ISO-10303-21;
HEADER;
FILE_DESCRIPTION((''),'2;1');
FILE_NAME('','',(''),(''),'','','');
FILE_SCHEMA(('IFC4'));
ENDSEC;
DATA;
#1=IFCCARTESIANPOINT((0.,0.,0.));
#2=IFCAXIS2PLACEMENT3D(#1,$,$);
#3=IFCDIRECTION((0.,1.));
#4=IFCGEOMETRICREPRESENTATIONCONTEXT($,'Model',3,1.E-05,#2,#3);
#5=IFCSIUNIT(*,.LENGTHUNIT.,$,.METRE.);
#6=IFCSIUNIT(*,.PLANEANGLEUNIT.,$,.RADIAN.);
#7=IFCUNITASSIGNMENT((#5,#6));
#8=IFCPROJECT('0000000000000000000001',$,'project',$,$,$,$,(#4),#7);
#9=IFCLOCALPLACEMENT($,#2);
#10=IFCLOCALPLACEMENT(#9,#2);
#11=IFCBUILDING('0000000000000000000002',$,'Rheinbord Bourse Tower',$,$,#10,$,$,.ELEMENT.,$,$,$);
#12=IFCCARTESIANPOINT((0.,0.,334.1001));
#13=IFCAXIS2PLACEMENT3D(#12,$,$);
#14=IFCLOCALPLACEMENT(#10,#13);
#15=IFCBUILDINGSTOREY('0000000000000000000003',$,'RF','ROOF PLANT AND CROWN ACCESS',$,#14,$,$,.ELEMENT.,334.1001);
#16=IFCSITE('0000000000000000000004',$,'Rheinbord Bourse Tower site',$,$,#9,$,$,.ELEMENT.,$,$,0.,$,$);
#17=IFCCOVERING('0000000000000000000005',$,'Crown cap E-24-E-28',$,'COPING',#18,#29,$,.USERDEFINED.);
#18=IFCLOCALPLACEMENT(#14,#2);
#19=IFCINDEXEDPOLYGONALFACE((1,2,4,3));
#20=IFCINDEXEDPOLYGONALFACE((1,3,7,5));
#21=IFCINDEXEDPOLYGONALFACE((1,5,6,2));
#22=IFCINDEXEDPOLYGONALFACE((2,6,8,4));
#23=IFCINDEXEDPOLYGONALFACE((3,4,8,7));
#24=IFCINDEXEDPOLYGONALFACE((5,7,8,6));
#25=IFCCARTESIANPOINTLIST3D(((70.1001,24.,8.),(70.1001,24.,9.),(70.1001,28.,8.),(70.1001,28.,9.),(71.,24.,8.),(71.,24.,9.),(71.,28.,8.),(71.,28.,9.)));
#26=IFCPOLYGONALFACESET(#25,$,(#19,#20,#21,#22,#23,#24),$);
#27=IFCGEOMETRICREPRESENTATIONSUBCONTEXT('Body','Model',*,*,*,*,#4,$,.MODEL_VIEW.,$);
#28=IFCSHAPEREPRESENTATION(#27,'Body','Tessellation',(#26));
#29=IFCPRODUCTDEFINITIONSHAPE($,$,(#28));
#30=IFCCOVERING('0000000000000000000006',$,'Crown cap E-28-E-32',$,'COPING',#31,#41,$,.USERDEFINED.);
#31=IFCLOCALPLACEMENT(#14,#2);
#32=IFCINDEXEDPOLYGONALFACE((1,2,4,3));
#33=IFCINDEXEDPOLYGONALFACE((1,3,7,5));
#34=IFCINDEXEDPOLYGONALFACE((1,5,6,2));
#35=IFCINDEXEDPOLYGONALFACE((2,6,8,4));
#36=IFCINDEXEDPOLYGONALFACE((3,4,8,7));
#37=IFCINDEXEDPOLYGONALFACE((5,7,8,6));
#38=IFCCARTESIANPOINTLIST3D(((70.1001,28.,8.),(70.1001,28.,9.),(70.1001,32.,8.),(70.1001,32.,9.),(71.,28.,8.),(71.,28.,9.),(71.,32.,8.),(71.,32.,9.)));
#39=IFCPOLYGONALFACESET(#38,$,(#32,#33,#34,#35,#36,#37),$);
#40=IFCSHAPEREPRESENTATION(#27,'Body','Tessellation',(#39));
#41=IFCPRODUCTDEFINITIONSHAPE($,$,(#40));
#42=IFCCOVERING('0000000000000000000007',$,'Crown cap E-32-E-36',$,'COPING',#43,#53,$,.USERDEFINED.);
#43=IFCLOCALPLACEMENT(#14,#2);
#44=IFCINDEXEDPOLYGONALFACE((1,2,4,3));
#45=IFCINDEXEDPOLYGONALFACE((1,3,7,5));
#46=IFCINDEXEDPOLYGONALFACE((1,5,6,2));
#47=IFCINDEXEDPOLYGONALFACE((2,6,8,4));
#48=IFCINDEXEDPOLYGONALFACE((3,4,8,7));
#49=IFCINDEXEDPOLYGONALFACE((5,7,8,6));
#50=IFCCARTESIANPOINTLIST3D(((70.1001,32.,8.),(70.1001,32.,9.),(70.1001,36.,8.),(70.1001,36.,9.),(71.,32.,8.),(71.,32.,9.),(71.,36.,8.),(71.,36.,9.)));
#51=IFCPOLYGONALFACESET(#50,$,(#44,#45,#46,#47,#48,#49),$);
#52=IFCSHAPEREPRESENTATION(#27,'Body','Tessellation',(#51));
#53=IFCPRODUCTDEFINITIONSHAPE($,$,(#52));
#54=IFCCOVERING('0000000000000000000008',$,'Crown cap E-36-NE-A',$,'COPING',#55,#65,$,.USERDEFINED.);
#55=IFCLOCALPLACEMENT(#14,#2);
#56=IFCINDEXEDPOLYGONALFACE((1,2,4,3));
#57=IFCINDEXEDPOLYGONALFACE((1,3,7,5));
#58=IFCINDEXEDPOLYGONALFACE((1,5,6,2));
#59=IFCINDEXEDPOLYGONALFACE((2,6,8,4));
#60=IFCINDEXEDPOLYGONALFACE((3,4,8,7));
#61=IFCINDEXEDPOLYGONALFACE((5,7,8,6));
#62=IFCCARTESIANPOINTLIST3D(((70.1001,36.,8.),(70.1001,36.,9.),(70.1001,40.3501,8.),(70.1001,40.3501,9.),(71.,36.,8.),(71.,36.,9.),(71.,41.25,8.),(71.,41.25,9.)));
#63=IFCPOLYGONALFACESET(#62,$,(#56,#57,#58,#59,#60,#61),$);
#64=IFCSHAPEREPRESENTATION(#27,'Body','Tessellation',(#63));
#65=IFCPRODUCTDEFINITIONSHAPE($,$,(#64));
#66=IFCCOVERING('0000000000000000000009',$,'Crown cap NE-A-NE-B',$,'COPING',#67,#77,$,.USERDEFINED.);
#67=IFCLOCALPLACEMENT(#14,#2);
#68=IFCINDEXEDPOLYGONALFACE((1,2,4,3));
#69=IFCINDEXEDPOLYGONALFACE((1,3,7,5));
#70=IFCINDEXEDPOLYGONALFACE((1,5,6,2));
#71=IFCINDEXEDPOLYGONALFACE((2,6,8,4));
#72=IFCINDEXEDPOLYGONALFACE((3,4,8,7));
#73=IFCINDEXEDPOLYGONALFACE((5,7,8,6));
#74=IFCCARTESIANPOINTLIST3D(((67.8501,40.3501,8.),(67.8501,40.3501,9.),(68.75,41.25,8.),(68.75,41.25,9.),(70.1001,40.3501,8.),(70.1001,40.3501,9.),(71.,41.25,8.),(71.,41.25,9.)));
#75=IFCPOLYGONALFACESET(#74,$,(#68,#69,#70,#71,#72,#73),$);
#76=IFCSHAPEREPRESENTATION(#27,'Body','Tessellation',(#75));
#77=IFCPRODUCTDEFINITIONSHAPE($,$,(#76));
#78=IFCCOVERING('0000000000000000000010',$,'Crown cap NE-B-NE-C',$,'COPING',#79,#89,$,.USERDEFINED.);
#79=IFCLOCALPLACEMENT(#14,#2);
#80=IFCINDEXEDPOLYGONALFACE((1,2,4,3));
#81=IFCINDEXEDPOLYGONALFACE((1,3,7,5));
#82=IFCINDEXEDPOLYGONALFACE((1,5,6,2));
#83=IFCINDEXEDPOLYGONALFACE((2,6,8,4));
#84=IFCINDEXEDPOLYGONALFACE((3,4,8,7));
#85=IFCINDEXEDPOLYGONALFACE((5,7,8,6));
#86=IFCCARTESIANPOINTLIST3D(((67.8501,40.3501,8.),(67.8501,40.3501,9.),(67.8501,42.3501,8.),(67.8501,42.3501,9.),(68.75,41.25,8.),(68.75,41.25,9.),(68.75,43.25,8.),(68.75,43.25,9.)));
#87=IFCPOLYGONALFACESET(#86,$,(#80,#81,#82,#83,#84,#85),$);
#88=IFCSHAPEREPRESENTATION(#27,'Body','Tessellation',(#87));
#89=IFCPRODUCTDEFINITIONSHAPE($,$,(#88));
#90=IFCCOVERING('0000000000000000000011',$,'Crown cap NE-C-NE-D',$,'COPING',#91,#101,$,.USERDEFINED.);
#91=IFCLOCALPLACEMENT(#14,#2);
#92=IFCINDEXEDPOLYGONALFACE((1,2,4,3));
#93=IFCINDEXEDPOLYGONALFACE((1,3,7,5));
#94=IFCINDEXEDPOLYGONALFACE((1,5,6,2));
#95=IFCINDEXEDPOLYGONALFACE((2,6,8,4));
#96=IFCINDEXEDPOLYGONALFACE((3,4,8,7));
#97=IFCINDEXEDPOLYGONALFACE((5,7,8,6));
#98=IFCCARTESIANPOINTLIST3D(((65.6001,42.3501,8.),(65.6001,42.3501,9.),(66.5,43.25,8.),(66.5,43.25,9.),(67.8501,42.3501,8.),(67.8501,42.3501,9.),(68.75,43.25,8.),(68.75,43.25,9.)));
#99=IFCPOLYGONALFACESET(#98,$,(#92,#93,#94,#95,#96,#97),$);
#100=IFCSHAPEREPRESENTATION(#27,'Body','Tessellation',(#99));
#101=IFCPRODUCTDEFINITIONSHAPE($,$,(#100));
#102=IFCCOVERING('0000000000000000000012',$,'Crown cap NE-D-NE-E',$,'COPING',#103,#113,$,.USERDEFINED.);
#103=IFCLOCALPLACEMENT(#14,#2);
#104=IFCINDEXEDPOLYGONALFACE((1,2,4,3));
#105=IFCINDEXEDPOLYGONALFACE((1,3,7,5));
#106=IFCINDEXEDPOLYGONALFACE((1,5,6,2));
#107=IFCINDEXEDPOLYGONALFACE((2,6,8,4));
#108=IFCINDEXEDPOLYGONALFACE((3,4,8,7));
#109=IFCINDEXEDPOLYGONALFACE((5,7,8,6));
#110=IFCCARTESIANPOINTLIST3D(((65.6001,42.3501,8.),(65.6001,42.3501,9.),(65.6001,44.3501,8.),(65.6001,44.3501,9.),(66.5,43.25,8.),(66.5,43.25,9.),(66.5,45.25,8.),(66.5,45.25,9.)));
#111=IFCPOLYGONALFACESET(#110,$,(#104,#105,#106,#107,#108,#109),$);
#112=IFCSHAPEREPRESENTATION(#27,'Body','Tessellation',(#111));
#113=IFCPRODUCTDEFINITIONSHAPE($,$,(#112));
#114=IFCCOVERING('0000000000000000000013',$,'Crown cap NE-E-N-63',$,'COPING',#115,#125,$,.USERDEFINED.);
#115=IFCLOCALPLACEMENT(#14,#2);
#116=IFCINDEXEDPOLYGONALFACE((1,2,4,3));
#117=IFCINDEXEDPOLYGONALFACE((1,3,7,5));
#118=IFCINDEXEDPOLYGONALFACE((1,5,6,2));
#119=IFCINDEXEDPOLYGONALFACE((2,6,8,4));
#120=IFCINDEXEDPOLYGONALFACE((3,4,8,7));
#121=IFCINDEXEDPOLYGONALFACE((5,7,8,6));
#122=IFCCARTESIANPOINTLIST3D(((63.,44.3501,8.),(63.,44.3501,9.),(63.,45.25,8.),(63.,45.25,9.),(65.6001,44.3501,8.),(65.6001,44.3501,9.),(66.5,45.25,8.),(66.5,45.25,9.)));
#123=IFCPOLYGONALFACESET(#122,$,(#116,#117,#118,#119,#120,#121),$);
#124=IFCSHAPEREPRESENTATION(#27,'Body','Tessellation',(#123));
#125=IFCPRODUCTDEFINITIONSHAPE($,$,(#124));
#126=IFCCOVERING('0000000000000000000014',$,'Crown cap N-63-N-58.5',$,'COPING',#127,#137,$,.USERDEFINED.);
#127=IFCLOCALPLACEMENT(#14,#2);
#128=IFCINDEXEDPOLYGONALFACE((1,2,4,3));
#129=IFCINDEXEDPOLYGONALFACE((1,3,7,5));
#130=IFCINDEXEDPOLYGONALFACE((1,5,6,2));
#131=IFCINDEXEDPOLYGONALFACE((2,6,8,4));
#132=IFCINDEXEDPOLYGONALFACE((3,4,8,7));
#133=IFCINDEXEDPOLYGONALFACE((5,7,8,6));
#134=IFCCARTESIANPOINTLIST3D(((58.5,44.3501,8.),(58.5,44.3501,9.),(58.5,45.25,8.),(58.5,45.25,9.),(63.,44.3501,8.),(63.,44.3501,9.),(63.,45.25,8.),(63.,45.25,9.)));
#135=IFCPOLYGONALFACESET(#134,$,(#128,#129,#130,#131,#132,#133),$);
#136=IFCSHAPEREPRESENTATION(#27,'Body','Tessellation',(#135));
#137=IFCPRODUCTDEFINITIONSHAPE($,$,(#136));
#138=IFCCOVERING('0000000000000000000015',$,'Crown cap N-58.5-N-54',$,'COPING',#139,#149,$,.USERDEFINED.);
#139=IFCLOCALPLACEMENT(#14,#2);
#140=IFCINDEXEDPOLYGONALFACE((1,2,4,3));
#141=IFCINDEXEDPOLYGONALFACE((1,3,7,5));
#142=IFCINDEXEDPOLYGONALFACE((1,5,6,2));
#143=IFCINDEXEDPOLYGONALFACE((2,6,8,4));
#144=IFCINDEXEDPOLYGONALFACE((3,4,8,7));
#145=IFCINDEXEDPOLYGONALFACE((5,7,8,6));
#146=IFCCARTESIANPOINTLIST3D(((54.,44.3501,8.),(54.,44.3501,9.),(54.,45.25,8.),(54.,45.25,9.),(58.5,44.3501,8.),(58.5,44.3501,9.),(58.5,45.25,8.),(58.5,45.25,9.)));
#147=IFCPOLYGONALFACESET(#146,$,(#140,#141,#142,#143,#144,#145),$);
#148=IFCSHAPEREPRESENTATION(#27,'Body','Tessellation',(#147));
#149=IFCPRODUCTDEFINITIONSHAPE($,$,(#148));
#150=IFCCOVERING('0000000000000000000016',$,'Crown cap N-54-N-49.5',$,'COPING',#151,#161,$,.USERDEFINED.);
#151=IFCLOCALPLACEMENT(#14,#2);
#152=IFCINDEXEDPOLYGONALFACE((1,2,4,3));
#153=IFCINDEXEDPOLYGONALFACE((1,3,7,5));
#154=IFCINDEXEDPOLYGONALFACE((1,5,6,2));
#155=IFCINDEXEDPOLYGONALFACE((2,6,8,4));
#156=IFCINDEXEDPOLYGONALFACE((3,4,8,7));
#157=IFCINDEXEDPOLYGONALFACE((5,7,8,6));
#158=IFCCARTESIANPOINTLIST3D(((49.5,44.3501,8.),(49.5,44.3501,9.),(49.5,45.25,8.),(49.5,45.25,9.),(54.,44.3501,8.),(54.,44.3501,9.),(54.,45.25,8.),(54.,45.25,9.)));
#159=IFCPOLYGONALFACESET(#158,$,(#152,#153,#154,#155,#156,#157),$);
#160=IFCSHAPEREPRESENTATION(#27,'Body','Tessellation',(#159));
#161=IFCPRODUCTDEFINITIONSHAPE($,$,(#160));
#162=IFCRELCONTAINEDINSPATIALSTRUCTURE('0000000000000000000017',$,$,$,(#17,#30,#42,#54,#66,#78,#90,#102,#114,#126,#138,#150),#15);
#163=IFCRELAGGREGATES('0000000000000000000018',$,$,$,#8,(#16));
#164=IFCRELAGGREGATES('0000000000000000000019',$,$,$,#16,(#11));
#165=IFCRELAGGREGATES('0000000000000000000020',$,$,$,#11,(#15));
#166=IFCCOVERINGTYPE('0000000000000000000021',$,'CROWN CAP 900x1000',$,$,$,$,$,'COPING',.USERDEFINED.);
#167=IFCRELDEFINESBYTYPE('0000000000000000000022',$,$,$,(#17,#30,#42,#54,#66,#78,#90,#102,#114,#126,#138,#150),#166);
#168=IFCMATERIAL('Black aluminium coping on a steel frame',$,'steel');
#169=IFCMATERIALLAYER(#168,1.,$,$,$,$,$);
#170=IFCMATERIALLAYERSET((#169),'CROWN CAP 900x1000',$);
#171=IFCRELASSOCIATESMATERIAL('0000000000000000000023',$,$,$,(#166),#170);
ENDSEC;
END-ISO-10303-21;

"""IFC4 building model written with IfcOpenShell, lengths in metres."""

from ifc_helpers import new_model, si_unit, direction, frame, origin, place, context, subcontext, project, spatial, polyline, outline, extrude, material, layer, layer_set, type_object, element, save


model = new_model("IFC4")

# Units and contexts
model_context = context("Model", 3, precision=1e-05, world=origin(), true_north=direction((0.0, 1.0)))
body_context = subcontext(model_context, "Body", "Model", "MODEL_VIEW")
ifc_project = project(units=[si_unit("LENGTHUNIT", "METRE"), si_unit("PLANEANGLEUNIT", "RADIAN")], contexts=[model_context])

# Site, building, storey
site_placement = place(None, origin())
site = spatial("IfcSite", under=ifc_project, at=site_placement, Name="Rheinbord Bourse Tower site", CompositionType="ELEMENT", RefElevation=0.0)
building_placement = place(site_placement, origin())
building = spatial("IfcBuilding", under=site, at=building_placement, Name="Rheinbord Bourse Tower", CompositionType="ELEMENT")
storey_placement = place(building_placement, frame((0.0, 0.0, 334.1001)))
storey = spatial("IfcBuildingStorey", under=building, at=storey_placement, Name="RF", Description="ROOF PLANT AND CROWN ACCESS", CompositionType="ELEMENT", Elevation=334.1001)

# Coverings
ifc_material = material(Name="Black aluminium coping on a steel frame", Category="steel")
ifc_layer = layer(ifc_material, 1.0)
ifc_layer_set = layer_set([ifc_layer], Name="CROWN CAP 900x1000")
covering_type = type_object("IfcCoveringType", Name="CROWN CAP 900x1000", ElementType="COPING", PredefinedType="USERDEFINED", material=ifc_layer_set)
covering_1_placement = place(storey_placement, frame((0.0, 0.0, 8.0)))
element("IfcCovering", 1, at=covering_1_placement, inside=storey, type_object=covering_type, Name="Crown cap E-24-E-28", ObjectType="COPING", PredefinedType="USERDEFINED", context=body_context, shape_type="SweptSolid", body=[
    extrude(outline(polyline([(70.1001, 24.0), (70.1001, 28.0), (71.0, 28.0), (71.0, 24.0), (70.1001, 24.0)])), origin(), (0.0, 0.0, 1.0), 1.0),
])
covering_2_placement = place(storey_placement, frame((0.0, 0.0, 8.0)))
element("IfcCovering", 2, at=covering_2_placement, inside=storey, type_object=covering_type, Name="Crown cap E-28-E-32", ObjectType="COPING", PredefinedType="USERDEFINED", context=body_context, shape_type="SweptSolid", body=[
    extrude(outline(polyline([(70.1001, 28.0), (70.1001, 32.0), (71.0, 32.0), (71.0, 28.0), (70.1001, 28.0)])), origin(), (0.0, 0.0, 1.0), 1.0),
])
covering_3_placement = place(storey_placement, frame((0.0, 0.0, 8.0)))
element("IfcCovering", 3, at=covering_3_placement, inside=storey, type_object=covering_type, Name="Crown cap E-32-E-36", ObjectType="COPING", PredefinedType="USERDEFINED", context=body_context, shape_type="SweptSolid", body=[
    extrude(outline(polyline([(70.1001, 32.0), (70.1001, 36.0), (71.0, 36.0), (71.0, 32.0), (70.1001, 32.0)])), origin(), (0.0, 0.0, 1.0), 1.0),
])
covering_4_placement = place(storey_placement, frame((0.0, 0.0, 8.0)))
element("IfcCovering", 4, at=covering_4_placement, inside=storey, type_object=covering_type, Name="Crown cap E-36-NE-A", ObjectType="COPING", PredefinedType="USERDEFINED", context=body_context, shape_type="SweptSolid", body=[
    extrude(outline(polyline([(70.1001, 36.0), (70.1001, 40.3501), (71.0, 41.25), (71.0, 36.0), (70.1001, 36.0)])), origin(), (0.0, 0.0, 1.0), 1.0),
])
covering_5_placement = place(storey_placement, frame((0.0, 0.0, 8.0)))
element("IfcCovering", 5, at=covering_5_placement, inside=storey, type_object=covering_type, Name="Crown cap NE-A-NE-B", ObjectType="COPING", PredefinedType="USERDEFINED", context=body_context, shape_type="SweptSolid", body=[
    extrude(outline(polyline([(70.1001, 40.3501), (67.8501, 40.3501), (68.75, 41.25), (71.0, 41.25), (70.1001, 40.3501)])), origin(), (0.0, 0.0, 1.0), 1.0),
])
covering_6_placement = place(storey_placement, frame((0.0, 0.0, 8.0)))
element("IfcCovering", 6, at=covering_6_placement, inside=storey, type_object=covering_type, Name="Crown cap NE-B-NE-C", ObjectType="COPING", PredefinedType="USERDEFINED", context=body_context, shape_type="SweptSolid", body=[
    extrude(outline(polyline([(67.8501, 40.3501), (67.8501, 42.3501), (68.75, 43.25), (68.75, 41.25), (67.8501, 40.3501)])), origin(), (0.0, 0.0, 1.0), 1.0),
])
covering_7_placement = place(storey_placement, frame((0.0, 0.0, 8.0)))
element("IfcCovering", 7, at=covering_7_placement, inside=storey, type_object=covering_type, Name="Crown cap NE-C-NE-D", ObjectType="COPING", PredefinedType="USERDEFINED", context=body_context, shape_type="SweptSolid", body=[
    extrude(outline(polyline([(67.8501, 42.3501), (65.6001, 42.3501), (66.5, 43.25), (68.75, 43.25), (67.8501, 42.3501)])), origin(), (0.0, 0.0, 1.0), 1.0),
])
covering_8_placement = place(storey_placement, frame((0.0, 0.0, 8.0)))
element("IfcCovering", 8, at=covering_8_placement, inside=storey, type_object=covering_type, Name="Crown cap NE-D-NE-E", ObjectType="COPING", PredefinedType="USERDEFINED", context=body_context, shape_type="SweptSolid", body=[
    extrude(outline(polyline([(65.6001, 42.3501), (65.6001, 44.3501), (66.5, 45.25), (66.5, 43.25), (65.6001, 42.3501)])), origin(), (0.0, 0.0, 1.0), 1.0),
])
covering_9_placement = place(storey_placement, frame((0.0, 0.0, 8.0)))
element("IfcCovering", 9, at=covering_9_placement, inside=storey, type_object=covering_type, Name="Crown cap NE-E-N-63", ObjectType="COPING", PredefinedType="USERDEFINED", context=body_context, shape_type="SweptSolid", body=[
    extrude(outline(polyline([(65.6001, 44.3501), (63.0, 44.3501), (63.0, 45.25), (66.5, 45.25), (65.6001, 44.3501)])), origin(), (0.0, 0.0, 1.0), 1.0),
])
covering_10_placement = place(storey_placement, frame((0.0, 0.0, 8.0)))
element("IfcCovering", 10, at=covering_10_placement, inside=storey, type_object=covering_type, Name="Crown cap N-63-N-58.5", ObjectType="COPING", PredefinedType="USERDEFINED", context=body_context, shape_type="SweptSolid", body=[
    extrude(outline(polyline([(63.0, 44.3501), (58.5, 44.3501), (58.5, 45.25), (63.0, 45.25), (63.0, 44.3501)])), origin(), (0.0, 0.0, 1.0), 1.0),
])
covering_11_placement = place(storey_placement, frame((0.0, 0.0, 8.0)))
element("IfcCovering", 11, at=covering_11_placement, inside=storey, type_object=covering_type, Name="Crown cap N-58.5-N-54", ObjectType="COPING", PredefinedType="USERDEFINED", context=body_context, shape_type="SweptSolid", body=[
    extrude(outline(polyline([(58.5, 44.3501), (54.0, 44.3501), (54.0, 45.25), (58.5, 45.25), (58.5, 44.3501)])), origin(), (0.0, 0.0, 1.0), 1.0),
])
covering_12_placement = place(storey_placement, frame((0.0, 0.0, 8.0)))
element("IfcCovering", 12, at=covering_12_placement, inside=storey, type_object=covering_type, Name="Crown cap N-54-N-49.5", ObjectType="COPING", PredefinedType="USERDEFINED", context=body_context, shape_type="SweptSolid", body=[
    extrude(outline(polyline([(54.0, 44.3501), (49.5, 44.3501), (49.5, 45.25), (54.0, 45.25), (54.0, 44.3501)])), origin(), (0.0, 0.0, 1.0), 1.0),
])

save(model, "model.ifc")
